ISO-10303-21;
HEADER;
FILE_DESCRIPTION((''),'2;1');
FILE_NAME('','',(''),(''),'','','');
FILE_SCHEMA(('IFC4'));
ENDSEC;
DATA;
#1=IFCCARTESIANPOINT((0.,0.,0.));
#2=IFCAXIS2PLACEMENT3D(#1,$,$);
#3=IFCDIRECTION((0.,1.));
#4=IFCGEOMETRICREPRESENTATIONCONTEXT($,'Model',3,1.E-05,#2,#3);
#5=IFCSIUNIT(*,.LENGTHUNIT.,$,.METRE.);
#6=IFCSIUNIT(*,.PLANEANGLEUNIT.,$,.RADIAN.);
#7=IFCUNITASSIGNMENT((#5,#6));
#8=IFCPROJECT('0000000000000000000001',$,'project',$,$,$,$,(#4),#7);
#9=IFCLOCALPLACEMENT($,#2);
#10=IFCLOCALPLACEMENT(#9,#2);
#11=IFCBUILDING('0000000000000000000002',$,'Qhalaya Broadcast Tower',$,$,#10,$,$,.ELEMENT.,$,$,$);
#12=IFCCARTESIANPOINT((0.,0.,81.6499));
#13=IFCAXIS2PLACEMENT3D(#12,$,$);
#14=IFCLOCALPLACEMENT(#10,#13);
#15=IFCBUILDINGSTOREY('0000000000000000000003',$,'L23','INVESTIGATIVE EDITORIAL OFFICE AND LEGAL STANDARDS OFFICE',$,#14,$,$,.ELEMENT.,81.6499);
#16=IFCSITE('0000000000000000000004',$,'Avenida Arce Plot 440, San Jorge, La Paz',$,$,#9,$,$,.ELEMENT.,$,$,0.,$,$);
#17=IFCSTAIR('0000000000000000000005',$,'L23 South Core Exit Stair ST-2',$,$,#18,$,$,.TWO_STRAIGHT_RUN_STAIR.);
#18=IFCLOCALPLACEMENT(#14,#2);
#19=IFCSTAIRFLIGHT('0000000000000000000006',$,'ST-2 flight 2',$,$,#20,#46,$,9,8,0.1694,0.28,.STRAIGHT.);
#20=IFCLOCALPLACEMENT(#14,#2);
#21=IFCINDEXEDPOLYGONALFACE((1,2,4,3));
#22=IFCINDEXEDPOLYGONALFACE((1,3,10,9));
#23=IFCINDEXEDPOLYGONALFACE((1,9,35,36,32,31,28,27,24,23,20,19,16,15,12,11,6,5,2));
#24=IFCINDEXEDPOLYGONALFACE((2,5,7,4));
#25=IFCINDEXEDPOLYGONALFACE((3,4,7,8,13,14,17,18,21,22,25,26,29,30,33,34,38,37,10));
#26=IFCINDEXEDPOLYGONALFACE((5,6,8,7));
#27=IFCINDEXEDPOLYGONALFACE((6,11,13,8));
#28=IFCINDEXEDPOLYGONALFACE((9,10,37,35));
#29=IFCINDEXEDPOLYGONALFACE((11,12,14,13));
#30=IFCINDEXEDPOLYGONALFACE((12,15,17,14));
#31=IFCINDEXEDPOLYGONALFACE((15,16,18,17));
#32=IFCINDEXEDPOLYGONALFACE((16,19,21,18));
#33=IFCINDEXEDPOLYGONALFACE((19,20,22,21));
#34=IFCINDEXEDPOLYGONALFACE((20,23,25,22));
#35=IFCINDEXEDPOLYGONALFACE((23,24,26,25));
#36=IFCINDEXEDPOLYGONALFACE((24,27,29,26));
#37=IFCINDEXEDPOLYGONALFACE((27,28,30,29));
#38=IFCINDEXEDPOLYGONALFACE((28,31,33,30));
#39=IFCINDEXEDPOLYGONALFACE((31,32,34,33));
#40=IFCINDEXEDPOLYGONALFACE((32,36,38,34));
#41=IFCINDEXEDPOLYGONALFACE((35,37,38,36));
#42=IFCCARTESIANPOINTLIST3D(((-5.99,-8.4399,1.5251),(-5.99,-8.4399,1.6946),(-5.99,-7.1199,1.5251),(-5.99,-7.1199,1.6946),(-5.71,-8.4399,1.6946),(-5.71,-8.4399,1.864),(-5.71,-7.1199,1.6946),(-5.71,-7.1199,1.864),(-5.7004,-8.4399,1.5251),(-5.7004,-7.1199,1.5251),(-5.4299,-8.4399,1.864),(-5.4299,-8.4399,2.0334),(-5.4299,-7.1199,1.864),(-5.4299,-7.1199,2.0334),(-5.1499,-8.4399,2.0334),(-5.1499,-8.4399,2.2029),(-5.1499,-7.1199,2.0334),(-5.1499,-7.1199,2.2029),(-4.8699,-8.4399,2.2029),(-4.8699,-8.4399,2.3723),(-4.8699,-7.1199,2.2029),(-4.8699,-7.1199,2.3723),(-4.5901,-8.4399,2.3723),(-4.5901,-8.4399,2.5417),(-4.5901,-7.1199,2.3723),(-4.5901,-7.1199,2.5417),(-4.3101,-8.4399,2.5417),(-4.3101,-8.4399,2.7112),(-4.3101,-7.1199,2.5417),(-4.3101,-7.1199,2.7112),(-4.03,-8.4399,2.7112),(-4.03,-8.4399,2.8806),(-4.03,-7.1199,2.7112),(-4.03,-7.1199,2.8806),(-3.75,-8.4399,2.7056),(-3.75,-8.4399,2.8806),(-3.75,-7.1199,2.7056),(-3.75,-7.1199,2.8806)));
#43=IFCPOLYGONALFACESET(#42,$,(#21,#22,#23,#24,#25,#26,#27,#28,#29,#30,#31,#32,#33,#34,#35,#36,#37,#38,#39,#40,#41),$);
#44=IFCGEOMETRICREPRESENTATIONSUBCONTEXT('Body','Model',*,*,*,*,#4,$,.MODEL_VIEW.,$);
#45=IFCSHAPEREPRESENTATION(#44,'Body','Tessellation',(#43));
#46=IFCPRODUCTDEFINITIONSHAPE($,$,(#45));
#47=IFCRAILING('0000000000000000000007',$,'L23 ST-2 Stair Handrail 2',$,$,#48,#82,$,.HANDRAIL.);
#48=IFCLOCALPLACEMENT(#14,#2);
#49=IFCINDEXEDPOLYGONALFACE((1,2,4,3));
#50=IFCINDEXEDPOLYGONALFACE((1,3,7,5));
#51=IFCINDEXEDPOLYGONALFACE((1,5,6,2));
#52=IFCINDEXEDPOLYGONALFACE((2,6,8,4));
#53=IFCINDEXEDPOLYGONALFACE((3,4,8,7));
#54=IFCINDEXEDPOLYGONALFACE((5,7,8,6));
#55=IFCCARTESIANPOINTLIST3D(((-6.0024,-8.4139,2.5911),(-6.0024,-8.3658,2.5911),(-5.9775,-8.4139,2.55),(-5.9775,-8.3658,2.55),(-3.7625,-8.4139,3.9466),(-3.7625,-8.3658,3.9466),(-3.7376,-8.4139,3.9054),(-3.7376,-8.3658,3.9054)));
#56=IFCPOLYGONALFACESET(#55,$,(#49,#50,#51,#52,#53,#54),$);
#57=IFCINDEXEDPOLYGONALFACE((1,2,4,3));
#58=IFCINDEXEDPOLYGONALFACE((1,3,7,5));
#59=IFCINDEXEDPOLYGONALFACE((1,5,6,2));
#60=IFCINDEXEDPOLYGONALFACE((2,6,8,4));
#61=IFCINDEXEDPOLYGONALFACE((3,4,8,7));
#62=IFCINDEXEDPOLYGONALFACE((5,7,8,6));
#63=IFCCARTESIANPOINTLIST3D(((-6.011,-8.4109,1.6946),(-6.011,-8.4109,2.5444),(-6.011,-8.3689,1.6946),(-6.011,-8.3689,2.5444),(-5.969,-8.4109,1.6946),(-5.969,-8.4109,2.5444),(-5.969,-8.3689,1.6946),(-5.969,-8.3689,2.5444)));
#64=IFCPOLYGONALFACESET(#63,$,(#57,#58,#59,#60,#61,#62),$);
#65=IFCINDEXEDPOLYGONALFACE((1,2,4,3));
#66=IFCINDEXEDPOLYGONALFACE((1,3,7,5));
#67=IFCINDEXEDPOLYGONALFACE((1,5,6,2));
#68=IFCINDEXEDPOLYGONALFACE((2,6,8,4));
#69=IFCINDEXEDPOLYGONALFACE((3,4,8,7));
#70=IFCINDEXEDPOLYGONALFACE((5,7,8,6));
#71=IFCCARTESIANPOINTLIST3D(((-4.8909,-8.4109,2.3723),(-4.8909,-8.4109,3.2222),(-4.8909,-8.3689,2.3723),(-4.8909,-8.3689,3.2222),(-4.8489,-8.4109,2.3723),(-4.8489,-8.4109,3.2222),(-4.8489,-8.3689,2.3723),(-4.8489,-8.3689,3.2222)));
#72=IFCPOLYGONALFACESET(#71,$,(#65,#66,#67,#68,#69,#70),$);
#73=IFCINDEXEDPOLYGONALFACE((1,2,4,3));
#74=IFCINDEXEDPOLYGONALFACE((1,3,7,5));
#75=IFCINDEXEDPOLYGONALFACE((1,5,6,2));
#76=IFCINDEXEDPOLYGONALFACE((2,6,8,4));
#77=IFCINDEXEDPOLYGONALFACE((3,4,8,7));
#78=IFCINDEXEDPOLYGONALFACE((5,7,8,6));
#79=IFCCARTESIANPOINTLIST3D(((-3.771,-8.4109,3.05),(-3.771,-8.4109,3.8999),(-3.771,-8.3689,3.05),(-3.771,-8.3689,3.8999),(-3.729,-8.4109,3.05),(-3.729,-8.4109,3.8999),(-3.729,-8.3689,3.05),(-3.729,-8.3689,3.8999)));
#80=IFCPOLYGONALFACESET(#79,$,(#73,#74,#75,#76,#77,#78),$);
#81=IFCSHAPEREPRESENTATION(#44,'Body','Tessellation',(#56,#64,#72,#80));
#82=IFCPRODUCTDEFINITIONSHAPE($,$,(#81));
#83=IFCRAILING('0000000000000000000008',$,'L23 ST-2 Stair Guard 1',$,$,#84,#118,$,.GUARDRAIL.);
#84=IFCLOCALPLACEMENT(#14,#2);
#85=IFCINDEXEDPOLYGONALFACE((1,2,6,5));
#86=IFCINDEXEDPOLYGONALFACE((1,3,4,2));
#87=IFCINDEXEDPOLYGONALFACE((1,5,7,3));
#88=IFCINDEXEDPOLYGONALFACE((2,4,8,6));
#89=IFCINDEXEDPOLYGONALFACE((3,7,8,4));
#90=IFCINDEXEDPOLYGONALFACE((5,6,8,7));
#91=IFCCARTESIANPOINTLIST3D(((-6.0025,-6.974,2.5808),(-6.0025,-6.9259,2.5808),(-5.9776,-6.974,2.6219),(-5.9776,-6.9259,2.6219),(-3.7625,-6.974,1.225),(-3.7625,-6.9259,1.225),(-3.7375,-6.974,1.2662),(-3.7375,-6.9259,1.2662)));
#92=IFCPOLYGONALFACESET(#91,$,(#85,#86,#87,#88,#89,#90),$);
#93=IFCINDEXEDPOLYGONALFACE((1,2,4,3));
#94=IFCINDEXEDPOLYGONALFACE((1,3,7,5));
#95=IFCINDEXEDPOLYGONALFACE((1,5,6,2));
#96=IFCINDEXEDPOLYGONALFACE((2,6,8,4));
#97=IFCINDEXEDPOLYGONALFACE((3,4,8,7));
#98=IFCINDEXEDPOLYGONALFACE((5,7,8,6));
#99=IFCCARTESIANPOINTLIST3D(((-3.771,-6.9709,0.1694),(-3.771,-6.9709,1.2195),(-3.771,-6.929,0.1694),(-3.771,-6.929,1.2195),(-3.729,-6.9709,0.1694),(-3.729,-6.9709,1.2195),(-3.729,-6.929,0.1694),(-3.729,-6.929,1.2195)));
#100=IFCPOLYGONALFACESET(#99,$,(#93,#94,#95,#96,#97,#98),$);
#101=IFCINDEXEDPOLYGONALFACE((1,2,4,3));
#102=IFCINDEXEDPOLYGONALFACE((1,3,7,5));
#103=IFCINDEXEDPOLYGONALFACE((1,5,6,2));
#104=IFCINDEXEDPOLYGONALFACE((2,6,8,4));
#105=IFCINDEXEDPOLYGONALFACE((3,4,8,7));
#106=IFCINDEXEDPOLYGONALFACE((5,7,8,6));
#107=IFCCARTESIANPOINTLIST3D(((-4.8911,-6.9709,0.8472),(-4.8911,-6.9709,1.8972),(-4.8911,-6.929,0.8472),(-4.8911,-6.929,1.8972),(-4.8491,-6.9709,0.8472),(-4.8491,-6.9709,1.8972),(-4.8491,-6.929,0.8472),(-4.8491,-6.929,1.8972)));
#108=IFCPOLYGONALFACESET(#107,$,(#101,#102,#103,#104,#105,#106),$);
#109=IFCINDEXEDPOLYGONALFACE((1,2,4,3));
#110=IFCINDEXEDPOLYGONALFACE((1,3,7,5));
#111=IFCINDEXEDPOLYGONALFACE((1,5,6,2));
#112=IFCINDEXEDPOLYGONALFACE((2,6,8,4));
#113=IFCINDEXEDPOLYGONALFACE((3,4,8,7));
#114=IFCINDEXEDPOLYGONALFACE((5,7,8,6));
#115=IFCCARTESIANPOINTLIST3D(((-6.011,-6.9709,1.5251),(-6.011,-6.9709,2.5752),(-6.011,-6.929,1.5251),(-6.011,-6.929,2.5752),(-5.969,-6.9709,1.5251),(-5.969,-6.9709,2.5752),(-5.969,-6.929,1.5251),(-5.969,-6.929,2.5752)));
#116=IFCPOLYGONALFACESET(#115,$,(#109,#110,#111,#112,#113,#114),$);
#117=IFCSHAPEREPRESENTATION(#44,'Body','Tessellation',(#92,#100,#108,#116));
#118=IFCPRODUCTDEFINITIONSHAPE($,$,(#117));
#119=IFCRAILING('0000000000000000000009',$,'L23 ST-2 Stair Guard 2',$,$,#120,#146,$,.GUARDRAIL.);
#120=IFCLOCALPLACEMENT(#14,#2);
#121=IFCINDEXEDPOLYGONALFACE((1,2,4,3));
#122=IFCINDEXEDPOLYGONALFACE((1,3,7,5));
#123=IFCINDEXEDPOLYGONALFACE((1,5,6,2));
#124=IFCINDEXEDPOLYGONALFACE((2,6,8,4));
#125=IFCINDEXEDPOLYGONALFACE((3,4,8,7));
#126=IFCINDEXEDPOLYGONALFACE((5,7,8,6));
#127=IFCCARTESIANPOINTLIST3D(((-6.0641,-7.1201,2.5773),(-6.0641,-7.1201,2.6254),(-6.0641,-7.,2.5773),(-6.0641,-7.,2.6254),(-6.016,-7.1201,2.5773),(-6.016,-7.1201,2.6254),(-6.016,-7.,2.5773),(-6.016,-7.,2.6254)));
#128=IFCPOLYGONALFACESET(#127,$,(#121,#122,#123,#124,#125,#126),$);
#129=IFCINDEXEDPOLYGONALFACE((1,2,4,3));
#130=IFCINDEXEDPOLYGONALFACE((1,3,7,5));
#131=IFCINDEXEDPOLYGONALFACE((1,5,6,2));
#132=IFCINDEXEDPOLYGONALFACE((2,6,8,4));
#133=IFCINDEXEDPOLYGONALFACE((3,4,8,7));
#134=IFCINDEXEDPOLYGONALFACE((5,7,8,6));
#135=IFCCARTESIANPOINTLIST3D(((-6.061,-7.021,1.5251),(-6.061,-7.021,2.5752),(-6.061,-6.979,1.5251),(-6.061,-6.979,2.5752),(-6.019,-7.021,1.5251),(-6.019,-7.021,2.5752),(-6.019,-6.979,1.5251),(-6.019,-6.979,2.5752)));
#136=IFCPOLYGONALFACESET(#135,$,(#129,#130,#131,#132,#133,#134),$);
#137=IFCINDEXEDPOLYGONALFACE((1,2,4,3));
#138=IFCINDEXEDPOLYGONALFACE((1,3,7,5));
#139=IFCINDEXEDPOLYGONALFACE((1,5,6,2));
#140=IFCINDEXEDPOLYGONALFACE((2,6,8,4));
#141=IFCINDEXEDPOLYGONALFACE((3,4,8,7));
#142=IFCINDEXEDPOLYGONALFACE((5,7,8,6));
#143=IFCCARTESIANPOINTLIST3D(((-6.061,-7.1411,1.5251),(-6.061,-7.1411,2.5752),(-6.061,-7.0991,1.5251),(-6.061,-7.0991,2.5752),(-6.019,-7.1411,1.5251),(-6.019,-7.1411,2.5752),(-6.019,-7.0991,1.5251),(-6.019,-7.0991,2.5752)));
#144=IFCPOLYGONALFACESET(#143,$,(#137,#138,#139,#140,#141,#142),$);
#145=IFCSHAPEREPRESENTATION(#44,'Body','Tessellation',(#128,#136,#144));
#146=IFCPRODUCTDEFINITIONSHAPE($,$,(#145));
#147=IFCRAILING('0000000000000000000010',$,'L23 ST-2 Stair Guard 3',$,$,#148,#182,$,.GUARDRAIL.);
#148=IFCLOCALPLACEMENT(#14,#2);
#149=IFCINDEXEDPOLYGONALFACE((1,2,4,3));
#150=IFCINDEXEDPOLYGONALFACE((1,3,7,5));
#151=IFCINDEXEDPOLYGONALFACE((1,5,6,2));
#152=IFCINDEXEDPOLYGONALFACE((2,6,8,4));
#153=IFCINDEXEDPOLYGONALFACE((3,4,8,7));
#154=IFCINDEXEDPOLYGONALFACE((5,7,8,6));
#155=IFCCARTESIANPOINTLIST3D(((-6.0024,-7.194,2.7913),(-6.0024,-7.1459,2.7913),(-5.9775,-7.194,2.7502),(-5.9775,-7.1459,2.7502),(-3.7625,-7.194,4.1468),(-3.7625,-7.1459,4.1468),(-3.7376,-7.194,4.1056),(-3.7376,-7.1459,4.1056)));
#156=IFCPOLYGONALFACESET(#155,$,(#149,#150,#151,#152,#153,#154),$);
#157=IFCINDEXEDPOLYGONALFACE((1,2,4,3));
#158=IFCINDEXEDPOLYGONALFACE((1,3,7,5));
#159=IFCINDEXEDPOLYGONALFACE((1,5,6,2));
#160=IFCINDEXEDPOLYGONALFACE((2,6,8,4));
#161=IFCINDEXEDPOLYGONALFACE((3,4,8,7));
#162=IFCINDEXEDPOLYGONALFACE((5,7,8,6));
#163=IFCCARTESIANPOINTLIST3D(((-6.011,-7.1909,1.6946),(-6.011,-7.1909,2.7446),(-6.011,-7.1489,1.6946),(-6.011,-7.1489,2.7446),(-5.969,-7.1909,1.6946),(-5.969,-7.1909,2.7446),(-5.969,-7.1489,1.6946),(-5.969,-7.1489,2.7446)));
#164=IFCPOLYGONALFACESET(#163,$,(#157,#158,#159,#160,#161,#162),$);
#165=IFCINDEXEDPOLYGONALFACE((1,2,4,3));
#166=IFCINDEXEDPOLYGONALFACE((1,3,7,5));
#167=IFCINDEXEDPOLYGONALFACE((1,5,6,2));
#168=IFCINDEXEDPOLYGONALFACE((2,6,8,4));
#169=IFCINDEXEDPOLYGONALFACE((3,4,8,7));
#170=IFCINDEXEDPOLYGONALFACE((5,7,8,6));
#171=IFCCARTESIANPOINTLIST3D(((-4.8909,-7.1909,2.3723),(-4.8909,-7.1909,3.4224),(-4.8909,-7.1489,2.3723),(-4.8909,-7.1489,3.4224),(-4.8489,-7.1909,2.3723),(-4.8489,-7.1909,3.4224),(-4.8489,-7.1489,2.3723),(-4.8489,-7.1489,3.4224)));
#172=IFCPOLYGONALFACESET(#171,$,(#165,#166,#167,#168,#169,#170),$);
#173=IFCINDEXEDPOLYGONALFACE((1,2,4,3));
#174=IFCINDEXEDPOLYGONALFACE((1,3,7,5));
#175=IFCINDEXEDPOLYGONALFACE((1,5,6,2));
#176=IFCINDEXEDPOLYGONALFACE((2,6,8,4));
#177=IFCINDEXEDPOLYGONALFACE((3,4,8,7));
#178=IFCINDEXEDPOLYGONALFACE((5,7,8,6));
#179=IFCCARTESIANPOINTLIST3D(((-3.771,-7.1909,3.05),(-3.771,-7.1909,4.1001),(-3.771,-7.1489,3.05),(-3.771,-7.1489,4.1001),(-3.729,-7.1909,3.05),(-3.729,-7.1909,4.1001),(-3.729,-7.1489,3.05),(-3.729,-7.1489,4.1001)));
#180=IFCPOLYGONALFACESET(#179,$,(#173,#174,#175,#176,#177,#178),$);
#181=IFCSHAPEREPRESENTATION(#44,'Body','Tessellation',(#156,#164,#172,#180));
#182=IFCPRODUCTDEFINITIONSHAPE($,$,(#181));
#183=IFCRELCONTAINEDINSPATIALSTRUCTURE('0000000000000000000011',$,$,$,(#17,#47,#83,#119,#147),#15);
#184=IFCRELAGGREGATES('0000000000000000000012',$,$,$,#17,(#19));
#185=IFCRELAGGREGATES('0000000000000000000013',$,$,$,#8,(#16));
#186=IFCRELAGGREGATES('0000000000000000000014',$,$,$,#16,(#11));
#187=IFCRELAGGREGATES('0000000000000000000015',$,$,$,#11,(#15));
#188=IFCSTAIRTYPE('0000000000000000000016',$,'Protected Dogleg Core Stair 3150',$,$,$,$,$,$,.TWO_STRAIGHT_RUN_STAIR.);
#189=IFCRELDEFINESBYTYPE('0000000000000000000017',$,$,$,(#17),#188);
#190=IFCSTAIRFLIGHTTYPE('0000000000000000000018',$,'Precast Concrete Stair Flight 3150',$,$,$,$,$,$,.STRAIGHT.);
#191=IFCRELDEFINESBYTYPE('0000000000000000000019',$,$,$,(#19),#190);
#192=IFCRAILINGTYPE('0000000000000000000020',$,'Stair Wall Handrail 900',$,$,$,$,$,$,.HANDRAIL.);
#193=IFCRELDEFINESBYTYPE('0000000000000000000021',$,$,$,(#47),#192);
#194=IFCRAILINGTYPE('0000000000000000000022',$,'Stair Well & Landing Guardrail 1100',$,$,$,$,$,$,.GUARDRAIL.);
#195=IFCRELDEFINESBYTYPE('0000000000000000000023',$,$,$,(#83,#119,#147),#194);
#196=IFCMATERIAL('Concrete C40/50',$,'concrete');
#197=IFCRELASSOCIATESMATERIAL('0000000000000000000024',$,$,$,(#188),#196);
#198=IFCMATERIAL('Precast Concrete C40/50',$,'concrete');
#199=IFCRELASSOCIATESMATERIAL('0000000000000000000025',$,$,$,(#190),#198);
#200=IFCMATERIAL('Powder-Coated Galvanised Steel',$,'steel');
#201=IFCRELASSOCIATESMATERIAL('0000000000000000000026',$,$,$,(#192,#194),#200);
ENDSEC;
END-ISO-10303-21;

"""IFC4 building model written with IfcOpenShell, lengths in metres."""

from ifc_helpers import new_model, si_unit, direction, frame, origin, origin_2d, place, context, subcontext, project, spatial, polyline, rectangle, outline, extrude, material, type_object, element, aggregate, save


model = new_model("IFC4")

# Units and contexts
model_context = context("Model", 3, precision=1e-05, world=origin(), true_north=direction((0.0, 1.0)))
body_context = subcontext(model_context, "Body", "Model", "MODEL_VIEW")
ifc_project = project(units=[si_unit("LENGTHUNIT", "METRE"), si_unit("PLANEANGLEUNIT", "RADIAN")], contexts=[model_context])

# Site, building, storey
site_placement = place(None, origin())
site = spatial("IfcSite", under=ifc_project, at=site_placement, Name="Avenida Arce Plot 440, San Jorge, La Paz", CompositionType="ELEMENT", RefElevation=0.0)
building_placement = place(site_placement, origin())
building = spatial("IfcBuilding", under=site, at=building_placement, Name="Qhalaya Broadcast Tower", CompositionType="ELEMENT")
storey_placement = place(building_placement, frame((0.0, 0.0, 81.6499)))
storey = spatial("IfcBuildingStorey", under=building, at=storey_placement, Name="L23", Description="INVESTIGATIVE EDITORIAL OFFICE AND LEGAL STANDARDS OFFICE", CompositionType="ELEMENT", Elevation=81.6499)

# Stair, stair flight
ifc_material_1 = material(Name="Concrete C40/50", Category="concrete")
stair_type = type_object("IfcStairType", Name="Protected Dogleg Core Stair 3150", PredefinedType="TWO_STRAIGHT_RUN_STAIR", material=ifc_material_1)
stair_placement = place(storey_placement, origin())
stair = element("IfcStair", 1, at=stair_placement, inside=storey, type_object=stair_type, Name="L23 South Core Exit Stair ST-2", PredefinedType="TWO_STRAIGHT_RUN_STAIR")
ifc_material_2 = material(Name="Precast Concrete C40/50", Category="concrete")
stair_flight_type = type_object("IfcStairFlightType", Name="Precast Concrete Stair Flight 3150", PredefinedType="STRAIGHT", material=ifc_material_2)
stair_flight_placement = place(storey_placement, frame((-5.99, -7.78, 1.5251), z_axis=(0.0, 0.0, 1.0), x_axis=(1.0, 0.0, 0.0)))
stair_flight = element("IfcStairFlight", 2, at=stair_flight_placement, type_object=stair_flight_type, Name="ST-2 flight 2", NumberOfRisers=9, NumberOfTreads=8, PredefinedType="STRAIGHT", RiserHeight=0.1694, TreadLength=0.28, context=body_context, shape_type="SweptSolid", body=[
    extrude(outline(polyline([(0.0, 0.0), (0.0, 0.1694), (0.28, 0.1694), (0.28, 0.3389), (0.5601, 0.3389), (0.5601, 0.5083), (0.8401, 0.5083), (0.8401, 0.6777), (1.1201, 0.6777), (1.1201, 0.8472), (1.3999, 0.8472), (1.3999, 1.0166), (1.6799, 1.0166), (1.6799, 1.186), (1.96, 1.186), (1.96, 1.3555), (2.24, 1.3555), (2.24, 1.5249), (2.24, 1.1804), (0.2896, 0.0), (0.0, 0.0)])), frame((0.0, 0.6602, 0.0), z_axis=(0.0, -1.0, 0.0), x_axis=(1.0, 0.0, 0.0)), (0.0, 0.0, 1.0), 1.3201),
])
aggregate(stair, [stair_flight])

# Railings
ifc_material_3 = material(Name="Powder-Coated Galvanised Steel", Category="steel")
railing_type_1 = type_object("IfcRailingType", Name="Stair Wall Handrail 900", PredefinedType="HANDRAIL", material=ifc_material_3)
railing_1_placement = place(storey_placement, frame((-5.99, -8.3899, 1.6946)))
element("IfcRailing", 3, at=railing_1_placement, inside=storey, type_object=railing_type_1, Name="L23 ST-2 Stair Handrail 2", PredefinedType="HANDRAIL", context=body_context, shape_type="SweptSolid", body=[
    extrude(rectangle(XDim=0.0481, YDim=0.0481, at=origin_2d()), frame((0.0, 0.0, 0.876), z_axis=(0.855553, 0.0, 0.517715), x_axis=(0.0, 1.0, 0.0)), (0.0, 0.0, 1.0), 2.6182),
    extrude(rectangle(XDim=0.042, YDim=0.042, at=origin_2d()), origin(), (0.0, 0.0, 1.0), 0.8499),
    extrude(rectangle(XDim=0.042, YDim=0.042, at=origin_2d()), frame((1.1201, 0.0, 0.6777)), (0.0, 0.0, 1.0), 0.8499),
    extrude(rectangle(XDim=0.042, YDim=0.042, at=origin_2d()), frame((2.24, 0.0, 1.3555)), (0.0, 0.0, 1.0), 0.8499),
])
railing_type_2 = type_object("IfcRailingType", Name="Stair Well & Landing Guardrail 1100", PredefinedType="GUARDRAIL", material=ifc_material_3)
railing_2_placement = place(storey_placement, frame((-3.75, -6.95, 0.1694)))
element("IfcRailing", 4, at=railing_2_placement, inside=storey, type_object=railing_type_2, Name="L23 ST-2 Stair Guard 1", PredefinedType="GUARDRAIL", context=body_context, shape_type="SweptSolid", body=[
    extrude(rectangle(XDim=0.0481, YDim=0.0481, at=origin_2d()), frame((0.0, 0.0, 1.0762), z_axis=(-0.855512, 0.0, 0.517783), x_axis=(0.0, -1.0, 0.0)), (0.0, 0.0, 1.0), 2.6184),
    extrude(rectangle(XDim=0.042, YDim=0.042, at=origin_2d()), origin(), (0.0, 0.0, 1.0), 1.05),
    extrude(rectangle(XDim=0.042, YDim=0.042, at=origin_2d()), frame((-1.1201, 0.0, 0.6777)), (0.0, 0.0, 1.0), 1.05),
    extrude(rectangle(XDim=0.042, YDim=0.042, at=origin_2d()), frame((-2.24, 0.0, 1.3557)), (0.0, 0.0, 1.0), 1.05),
])
railing_3_placement = place(storey_placement, frame((-6.04, -7.0, 1.5251)))
element("IfcRailing", 5, at=railing_3_placement, inside=storey, type_object=railing_type_2, Name="L23 ST-2 Stair Guard 2", PredefinedType="GUARDRAIL", context=body_context, shape_type="SweptSolid", body=[
    extrude(rectangle(XDim=0.0481, YDim=0.0481, at=origin_2d()), frame((0.0, 0.0, 1.0762), z_axis=(0.0, -1.0, 0.0), x_axis=(1.0, 0.0, 0.0)), (0.0, 0.0, 1.0), 0.1201),
    extrude(rectangle(XDim=0.042, YDim=0.042, at=origin_2d()), origin(), (0.0, 0.0, 1.0), 1.05),
    extrude(rectangle(XDim=0.042, YDim=0.042, at=origin_2d()), frame((0.0, -0.1201, 0.0)), (0.0, 0.0, 1.0), 1.05),
])
railing_4_placement = place(storey_placement, frame((-5.99, -7.1699, 1.6946)))
element("IfcRailing", 6, at=railing_4_placement, inside=storey, type_object=railing_type_2, Name="L23 ST-2 Stair Guard 3", PredefinedType="GUARDRAIL", context=body_context, shape_type="SweptSolid", body=[
    extrude(rectangle(XDim=0.0481, YDim=0.0481, at=origin_2d()), frame((0.0, 0.0, 1.0762), z_axis=(0.855553, 0.0, 0.517715), x_axis=(0.0, 1.0, 0.0)), (0.0, 0.0, 1.0), 2.6182),
    extrude(rectangle(XDim=0.042, YDim=0.042, at=origin_2d()), origin(), (0.0, 0.0, 1.0), 1.05),
    extrude(rectangle(XDim=0.042, YDim=0.042, at=origin_2d()), frame((1.1201, 0.0, 0.6777)), (0.0, 0.0, 1.0), 1.05),
    extrude(rectangle(XDim=0.042, YDim=0.042, at=origin_2d()), frame((2.24, 0.0, 1.3555)), (0.0, 0.0, 1.0), 1.05),
])

save(model, "model.ifc")
